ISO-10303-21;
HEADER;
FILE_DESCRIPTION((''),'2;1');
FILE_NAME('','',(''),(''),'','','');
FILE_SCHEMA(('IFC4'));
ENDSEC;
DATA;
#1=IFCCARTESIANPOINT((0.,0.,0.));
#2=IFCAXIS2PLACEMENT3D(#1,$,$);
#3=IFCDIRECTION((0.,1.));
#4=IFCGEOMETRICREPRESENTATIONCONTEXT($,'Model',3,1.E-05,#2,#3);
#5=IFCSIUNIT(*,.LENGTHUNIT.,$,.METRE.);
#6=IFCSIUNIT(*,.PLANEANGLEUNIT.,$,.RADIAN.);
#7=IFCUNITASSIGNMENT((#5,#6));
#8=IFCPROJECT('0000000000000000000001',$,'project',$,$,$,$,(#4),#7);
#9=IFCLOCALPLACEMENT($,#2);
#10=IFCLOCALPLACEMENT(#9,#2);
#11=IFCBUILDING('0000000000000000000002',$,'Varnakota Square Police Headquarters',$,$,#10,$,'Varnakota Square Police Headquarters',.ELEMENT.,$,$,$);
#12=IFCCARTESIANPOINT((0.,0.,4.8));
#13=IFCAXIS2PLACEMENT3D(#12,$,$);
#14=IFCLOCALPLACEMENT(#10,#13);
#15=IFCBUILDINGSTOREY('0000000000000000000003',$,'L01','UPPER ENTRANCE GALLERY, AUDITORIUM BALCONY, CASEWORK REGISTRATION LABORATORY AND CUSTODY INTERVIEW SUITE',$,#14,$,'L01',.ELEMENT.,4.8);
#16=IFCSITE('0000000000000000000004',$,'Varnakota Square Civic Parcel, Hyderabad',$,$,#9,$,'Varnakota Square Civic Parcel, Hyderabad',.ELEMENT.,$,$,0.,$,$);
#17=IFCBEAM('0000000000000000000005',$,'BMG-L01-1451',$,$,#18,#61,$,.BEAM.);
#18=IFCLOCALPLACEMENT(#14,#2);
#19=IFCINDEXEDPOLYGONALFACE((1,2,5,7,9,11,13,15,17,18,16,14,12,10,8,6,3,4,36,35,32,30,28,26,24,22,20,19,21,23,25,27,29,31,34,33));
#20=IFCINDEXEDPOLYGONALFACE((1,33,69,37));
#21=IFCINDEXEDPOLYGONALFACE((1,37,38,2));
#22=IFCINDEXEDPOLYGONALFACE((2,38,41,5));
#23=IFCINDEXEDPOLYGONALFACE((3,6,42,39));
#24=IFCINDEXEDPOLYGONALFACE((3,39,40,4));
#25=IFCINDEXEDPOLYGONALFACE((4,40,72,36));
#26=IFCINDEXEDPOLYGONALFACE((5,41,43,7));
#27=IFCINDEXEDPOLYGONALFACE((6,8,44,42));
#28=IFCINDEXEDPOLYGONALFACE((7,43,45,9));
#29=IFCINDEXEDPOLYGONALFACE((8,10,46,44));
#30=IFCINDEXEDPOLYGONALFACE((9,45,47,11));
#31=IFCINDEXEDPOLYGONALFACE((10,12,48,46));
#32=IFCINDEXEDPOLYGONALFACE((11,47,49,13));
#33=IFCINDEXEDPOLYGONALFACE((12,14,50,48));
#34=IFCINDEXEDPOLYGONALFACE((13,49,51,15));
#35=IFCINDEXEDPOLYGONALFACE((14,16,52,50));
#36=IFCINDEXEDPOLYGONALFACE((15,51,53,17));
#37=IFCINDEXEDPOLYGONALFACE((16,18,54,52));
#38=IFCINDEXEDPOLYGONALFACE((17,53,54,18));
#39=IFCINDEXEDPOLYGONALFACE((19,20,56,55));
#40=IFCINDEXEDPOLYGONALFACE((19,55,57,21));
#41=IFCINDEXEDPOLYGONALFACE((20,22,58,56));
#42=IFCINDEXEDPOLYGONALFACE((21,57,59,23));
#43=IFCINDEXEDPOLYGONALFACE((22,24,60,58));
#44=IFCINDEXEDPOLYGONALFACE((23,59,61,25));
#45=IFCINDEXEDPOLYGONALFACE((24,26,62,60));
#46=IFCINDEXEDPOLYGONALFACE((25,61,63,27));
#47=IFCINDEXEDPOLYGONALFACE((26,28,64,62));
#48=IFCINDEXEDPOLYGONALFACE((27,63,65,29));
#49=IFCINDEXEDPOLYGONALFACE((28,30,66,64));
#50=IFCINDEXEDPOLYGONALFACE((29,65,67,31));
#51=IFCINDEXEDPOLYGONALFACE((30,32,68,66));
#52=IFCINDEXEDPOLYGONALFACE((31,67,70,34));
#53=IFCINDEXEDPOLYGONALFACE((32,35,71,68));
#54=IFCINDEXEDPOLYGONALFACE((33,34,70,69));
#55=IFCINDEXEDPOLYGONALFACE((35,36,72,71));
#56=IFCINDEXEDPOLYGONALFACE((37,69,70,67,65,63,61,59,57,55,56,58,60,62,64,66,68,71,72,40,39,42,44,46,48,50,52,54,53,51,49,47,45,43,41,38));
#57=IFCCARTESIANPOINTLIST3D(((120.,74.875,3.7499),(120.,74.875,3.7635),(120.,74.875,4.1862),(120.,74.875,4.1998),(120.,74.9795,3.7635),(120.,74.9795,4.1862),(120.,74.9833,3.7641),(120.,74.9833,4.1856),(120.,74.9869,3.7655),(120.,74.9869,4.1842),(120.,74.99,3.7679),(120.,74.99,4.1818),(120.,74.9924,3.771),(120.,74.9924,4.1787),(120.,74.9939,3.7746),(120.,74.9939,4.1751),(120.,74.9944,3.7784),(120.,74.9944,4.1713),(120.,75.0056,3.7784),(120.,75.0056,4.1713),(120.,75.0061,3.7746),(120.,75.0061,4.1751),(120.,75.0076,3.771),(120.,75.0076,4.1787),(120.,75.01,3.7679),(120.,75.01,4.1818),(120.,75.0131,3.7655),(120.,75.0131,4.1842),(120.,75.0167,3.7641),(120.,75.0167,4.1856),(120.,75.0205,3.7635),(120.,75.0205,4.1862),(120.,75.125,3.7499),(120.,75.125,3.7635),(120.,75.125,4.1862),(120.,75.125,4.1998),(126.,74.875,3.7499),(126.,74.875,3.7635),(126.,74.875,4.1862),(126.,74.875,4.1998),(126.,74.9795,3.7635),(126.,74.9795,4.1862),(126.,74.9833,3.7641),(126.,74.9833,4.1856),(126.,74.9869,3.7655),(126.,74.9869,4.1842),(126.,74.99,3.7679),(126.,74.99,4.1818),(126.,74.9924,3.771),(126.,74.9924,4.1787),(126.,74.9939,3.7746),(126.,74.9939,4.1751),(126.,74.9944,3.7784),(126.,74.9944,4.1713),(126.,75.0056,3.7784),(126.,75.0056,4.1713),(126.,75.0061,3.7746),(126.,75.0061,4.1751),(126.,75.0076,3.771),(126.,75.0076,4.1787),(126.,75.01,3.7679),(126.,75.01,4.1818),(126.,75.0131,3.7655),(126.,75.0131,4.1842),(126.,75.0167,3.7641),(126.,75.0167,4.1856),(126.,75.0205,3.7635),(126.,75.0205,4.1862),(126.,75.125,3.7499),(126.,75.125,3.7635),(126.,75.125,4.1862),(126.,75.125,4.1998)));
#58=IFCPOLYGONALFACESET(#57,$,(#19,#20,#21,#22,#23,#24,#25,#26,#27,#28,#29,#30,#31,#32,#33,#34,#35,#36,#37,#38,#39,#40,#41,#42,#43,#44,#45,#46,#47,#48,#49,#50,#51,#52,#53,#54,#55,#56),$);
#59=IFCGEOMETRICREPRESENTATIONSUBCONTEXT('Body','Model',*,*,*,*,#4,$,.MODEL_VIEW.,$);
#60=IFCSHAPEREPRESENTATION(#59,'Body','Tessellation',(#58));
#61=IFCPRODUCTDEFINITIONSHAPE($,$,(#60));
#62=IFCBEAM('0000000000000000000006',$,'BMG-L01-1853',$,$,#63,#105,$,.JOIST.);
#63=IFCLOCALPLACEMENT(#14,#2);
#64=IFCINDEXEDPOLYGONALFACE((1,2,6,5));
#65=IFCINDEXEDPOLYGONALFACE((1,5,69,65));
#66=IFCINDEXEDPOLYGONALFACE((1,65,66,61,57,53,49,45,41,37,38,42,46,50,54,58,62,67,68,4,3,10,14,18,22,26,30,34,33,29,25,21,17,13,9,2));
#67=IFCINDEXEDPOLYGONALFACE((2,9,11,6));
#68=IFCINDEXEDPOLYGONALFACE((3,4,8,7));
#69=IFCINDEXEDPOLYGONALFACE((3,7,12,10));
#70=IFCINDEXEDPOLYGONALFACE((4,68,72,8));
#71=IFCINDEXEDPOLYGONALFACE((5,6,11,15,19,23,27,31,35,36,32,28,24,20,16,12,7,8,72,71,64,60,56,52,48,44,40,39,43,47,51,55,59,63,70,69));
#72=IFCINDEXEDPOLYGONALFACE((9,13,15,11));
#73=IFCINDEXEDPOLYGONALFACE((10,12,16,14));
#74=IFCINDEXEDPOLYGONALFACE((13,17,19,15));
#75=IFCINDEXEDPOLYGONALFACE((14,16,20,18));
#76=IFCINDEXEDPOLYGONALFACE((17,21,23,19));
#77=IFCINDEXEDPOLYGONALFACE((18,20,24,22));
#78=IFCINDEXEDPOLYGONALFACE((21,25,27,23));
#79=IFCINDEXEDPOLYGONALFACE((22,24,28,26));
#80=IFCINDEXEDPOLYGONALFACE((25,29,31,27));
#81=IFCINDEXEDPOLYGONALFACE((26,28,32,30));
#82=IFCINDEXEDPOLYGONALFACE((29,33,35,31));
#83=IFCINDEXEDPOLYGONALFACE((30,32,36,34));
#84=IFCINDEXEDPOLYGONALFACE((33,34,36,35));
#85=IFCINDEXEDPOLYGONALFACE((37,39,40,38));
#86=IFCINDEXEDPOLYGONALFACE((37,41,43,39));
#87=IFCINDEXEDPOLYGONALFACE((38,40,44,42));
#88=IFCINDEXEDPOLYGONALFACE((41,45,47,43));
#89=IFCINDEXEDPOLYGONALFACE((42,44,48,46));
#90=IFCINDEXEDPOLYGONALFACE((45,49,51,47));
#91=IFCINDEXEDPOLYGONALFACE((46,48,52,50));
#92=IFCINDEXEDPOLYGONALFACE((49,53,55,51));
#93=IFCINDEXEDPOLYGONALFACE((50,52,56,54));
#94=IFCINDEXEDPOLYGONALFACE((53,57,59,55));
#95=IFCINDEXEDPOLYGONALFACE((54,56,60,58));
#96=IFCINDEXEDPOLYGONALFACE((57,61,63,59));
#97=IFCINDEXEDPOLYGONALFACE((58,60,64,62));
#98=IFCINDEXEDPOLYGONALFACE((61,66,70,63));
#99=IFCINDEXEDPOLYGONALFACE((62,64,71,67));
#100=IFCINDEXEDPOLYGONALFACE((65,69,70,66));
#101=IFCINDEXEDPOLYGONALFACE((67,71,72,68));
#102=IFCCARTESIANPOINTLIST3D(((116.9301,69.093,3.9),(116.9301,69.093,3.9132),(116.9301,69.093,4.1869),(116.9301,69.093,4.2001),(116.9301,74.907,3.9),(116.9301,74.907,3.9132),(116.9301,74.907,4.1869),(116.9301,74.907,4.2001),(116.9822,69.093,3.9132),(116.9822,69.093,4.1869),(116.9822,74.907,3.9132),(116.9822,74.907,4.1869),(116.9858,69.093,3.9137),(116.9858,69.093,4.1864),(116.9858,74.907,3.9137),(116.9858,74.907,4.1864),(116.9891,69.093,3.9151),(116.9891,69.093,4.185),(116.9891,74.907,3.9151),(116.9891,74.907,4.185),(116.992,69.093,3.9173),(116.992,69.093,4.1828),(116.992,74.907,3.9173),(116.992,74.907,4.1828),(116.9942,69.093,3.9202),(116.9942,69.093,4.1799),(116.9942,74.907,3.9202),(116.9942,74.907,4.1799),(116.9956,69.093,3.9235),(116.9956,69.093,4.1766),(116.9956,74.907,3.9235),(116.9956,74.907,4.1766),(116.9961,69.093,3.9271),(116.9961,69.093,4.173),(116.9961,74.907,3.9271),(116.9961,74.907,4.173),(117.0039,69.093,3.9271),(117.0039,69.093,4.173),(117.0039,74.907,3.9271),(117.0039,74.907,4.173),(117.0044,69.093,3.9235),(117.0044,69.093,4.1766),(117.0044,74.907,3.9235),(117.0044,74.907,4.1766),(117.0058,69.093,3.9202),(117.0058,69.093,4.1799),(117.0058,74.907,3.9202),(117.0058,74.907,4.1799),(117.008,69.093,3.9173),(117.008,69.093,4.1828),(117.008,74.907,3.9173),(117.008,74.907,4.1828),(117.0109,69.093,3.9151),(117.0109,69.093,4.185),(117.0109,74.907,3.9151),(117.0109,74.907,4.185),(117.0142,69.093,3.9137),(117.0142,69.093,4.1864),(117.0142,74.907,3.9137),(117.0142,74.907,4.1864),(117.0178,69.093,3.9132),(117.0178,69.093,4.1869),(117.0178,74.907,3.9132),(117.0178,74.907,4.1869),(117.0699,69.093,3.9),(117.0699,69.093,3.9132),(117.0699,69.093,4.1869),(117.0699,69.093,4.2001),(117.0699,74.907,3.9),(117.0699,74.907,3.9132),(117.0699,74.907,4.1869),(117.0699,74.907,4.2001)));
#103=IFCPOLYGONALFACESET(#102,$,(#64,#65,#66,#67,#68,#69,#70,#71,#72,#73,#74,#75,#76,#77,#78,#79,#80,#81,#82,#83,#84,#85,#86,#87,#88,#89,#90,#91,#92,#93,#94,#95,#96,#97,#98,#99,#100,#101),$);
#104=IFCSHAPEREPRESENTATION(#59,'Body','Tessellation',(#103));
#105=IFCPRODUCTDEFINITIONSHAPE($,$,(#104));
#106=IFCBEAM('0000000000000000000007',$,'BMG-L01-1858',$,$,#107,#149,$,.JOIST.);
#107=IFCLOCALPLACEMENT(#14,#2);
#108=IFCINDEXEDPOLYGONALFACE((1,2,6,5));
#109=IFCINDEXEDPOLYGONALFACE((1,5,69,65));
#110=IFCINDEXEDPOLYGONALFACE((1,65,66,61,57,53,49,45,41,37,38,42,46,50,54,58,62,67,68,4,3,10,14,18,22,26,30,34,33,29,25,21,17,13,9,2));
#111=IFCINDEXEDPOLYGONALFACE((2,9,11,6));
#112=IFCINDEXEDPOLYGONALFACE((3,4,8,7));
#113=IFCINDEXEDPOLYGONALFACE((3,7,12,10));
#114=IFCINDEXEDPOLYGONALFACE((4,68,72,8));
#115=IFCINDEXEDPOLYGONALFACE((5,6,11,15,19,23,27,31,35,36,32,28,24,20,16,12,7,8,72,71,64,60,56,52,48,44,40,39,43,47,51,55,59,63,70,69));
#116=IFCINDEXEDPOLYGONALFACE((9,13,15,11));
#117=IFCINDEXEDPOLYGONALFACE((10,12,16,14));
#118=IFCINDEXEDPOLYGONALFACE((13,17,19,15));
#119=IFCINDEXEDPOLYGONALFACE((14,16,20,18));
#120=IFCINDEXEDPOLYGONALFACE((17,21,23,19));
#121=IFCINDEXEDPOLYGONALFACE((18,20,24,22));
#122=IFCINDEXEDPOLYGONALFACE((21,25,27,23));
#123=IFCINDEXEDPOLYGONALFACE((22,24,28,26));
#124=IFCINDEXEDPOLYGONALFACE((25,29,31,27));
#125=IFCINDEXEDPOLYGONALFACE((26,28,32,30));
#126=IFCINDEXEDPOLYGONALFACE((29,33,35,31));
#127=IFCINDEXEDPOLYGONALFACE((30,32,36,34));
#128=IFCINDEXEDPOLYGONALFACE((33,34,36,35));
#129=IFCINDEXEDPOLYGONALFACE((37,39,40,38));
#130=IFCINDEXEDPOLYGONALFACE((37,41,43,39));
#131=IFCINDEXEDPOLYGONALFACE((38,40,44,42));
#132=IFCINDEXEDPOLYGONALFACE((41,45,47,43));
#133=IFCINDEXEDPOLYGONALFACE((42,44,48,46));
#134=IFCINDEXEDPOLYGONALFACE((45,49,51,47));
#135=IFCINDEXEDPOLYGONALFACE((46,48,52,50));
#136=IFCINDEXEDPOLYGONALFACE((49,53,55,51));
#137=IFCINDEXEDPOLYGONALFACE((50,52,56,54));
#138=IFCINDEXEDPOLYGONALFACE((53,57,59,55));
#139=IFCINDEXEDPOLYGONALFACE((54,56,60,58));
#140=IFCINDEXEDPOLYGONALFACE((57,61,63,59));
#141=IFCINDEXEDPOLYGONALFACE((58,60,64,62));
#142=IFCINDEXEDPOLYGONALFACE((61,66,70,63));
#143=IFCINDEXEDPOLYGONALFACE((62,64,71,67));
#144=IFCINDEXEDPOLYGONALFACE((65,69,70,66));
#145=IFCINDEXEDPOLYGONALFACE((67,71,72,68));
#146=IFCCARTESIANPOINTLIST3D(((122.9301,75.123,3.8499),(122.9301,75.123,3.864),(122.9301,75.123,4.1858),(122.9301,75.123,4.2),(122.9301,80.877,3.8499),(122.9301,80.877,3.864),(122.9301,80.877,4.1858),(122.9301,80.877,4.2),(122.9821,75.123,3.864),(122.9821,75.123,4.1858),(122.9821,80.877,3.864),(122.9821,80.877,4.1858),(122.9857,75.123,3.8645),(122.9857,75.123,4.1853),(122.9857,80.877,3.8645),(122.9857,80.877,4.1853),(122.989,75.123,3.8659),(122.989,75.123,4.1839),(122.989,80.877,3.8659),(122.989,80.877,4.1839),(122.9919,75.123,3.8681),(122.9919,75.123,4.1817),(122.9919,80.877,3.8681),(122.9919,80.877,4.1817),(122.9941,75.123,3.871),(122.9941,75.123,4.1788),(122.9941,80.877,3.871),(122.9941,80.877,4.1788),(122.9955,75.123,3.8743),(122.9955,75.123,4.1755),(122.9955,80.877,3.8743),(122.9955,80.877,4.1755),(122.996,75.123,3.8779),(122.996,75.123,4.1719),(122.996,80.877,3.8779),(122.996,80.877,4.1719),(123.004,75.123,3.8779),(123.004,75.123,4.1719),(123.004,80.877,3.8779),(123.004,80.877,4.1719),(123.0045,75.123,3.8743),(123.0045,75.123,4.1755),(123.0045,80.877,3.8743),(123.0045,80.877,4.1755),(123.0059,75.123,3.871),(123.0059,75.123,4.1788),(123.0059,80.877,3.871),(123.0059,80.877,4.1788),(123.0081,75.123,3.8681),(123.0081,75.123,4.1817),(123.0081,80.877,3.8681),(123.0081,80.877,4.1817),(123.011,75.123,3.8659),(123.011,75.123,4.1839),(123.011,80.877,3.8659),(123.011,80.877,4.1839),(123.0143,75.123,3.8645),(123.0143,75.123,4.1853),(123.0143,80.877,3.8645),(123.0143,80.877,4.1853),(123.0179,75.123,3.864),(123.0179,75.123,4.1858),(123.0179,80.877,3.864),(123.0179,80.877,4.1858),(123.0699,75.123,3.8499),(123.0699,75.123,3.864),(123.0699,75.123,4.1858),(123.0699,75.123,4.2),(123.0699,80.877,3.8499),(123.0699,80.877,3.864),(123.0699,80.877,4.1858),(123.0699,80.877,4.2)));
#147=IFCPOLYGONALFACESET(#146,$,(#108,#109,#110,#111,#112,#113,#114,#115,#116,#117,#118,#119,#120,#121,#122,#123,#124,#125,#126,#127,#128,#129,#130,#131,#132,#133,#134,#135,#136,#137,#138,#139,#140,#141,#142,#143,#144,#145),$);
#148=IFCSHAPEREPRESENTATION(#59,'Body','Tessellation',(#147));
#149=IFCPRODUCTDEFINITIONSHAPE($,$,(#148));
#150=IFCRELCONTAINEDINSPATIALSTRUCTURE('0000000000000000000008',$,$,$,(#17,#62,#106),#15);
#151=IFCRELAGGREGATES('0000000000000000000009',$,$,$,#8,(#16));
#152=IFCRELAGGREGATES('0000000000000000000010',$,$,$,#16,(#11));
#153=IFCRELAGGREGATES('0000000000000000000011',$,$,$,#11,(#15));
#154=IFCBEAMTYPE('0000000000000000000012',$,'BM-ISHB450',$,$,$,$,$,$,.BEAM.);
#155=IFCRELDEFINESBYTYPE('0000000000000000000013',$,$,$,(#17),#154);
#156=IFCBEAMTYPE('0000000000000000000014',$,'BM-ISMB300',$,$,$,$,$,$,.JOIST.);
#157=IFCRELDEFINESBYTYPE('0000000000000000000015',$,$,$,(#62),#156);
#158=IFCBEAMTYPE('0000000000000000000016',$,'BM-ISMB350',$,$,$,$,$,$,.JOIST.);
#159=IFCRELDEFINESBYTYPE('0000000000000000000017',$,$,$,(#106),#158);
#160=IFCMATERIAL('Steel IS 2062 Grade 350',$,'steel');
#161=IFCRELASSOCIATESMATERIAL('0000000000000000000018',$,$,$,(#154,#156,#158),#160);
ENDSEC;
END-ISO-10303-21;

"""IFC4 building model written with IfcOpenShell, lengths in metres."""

from ifc_helpers import new_model, si_unit, direction, frame, origin, origin_2d, place, context, subcontext, project, spatial, i_section, extrude, material, material_profile, profile_set, type_object, element, save


model = new_model("IFC4")

# Units and contexts
model_context = context("Model", 3, precision=1e-05, world=origin(), true_north=direction((0.0, 1.0)))
body_context = subcontext(model_context, "Body", "Model", "MODEL_VIEW")
ifc_project = project(units=[si_unit("LENGTHUNIT", "METRE"), si_unit("PLANEANGLEUNIT", "RADIAN")], contexts=[model_context])

# Site, building, storey
site_placement = place(None, origin())
site = spatial("IfcSite", under=ifc_project, at=site_placement, Name="Varnakota Square Civic Parcel, Hyderabad", LongName="Varnakota Square Civic Parcel, Hyderabad", CompositionType="ELEMENT", RefElevation=0.0)
building_placement = place(site_placement, origin())
building = spatial("IfcBuilding", under=site, at=building_placement, Name="Varnakota Square Police Headquarters", LongName="Varnakota Square Police Headquarters", CompositionType="ELEMENT")
storey_placement = place(building_placement, frame((0.0, 0.0, 4.8)))
storey = spatial("IfcBuildingStorey", under=building, at=storey_placement, Name="L01", Description="UPPER ENTRANCE GALLERY, AUDITORIUM BALCONY, CASEWORK REGISTRATION LABORATORY AND CUSTODY INTERVIEW SUITE", LongName="L01", CompositionType="ELEMENT", Elevation=4.8)

# Shared definitions
ifc_material_1 = material(Name="Steel IS 2062 Grade 350", Category="steel")

# Beams
ifc_material_profile_1 = material_profile(ifc_material_1, i_section(OverallWidth=0.25, OverallDepth=0.45, WebThickness=0.0112, FlangeThickness=0.0137, FilletRadius=0.0149, at=origin_2d()), Name="ISHB 450")
ifc_profile_set_1 = profile_set([ifc_material_profile_1], Name="Steel IS 2062 Grade 350")
beam_type_1 = type_object("IfcBeamType", Name="BM-ISHB450", PredefinedType="BEAM", material=ifc_profile_set_1)
for number, where, z_axis, x_axis, name in (
    (1, (120.0, 75.0, 3.9749), (1.0, 0.0, 0.0), (0.0, 1.0, 0.0), "BMG-L01-1451"),
):
    element("IfcBeam", number, at=place(storey_placement, frame(where, z_axis=z_axis, x_axis=x_axis)), inside=storey, type_object=beam_type_1, Name=name, PredefinedType="BEAM", context=body_context, shape_type="SweptSolid", body=[
        extrude(i_section(OverallWidth=0.25, OverallDepth=0.45, WebThickness=0.0112, FlangeThickness=0.0137, FilletRadius=0.0149, at=origin_2d()), origin(), (0.0, 0.0, 1.0), 6.0),
    ])
ifc_material_profile_2 = material_profile(ifc_material_1, i_section(OverallWidth=0.1399, OverallDepth=0.3, WebThickness=0.0078, FlangeThickness=0.0132, FilletRadius=0.0139, at=origin_2d()), Name="ISMB 300")
ifc_profile_set_2 = profile_set([ifc_material_profile_2], Name="Steel IS 2062 Grade 350")
beam_type_2 = type_object("IfcBeamType", Name="BM-ISMB300", PredefinedType="JOIST", material=ifc_profile_set_2)
beam_1_placement = place(storey_placement, frame((117.0, 69.093, 4.05), z_axis=(0.0, 1.0, 0.0), x_axis=(-1.0, 0.0, 0.0)))
element("IfcBeam", 2, at=beam_1_placement, inside=storey, type_object=beam_type_2, Name="BMG-L01-1853", PredefinedType="JOIST", context=body_context, shape_type="SweptSolid", body=[
    extrude(i_section(OverallWidth=0.1399, OverallDepth=0.3, WebThickness=0.0078, FlangeThickness=0.0132, FilletRadius=0.0139, at=origin_2d()), origin(), (0.0, 0.0, 1.0), 5.814),
])
ifc_material_profile_3 = material_profile(ifc_material_1, i_section(OverallWidth=0.1399, OverallDepth=0.3501, WebThickness=0.0081, FlangeThickness=0.0142, FilletRadius=0.0139, at=origin_2d()), Name="ISMB 350")
ifc_profile_set_3 = profile_set([ifc_material_profile_3], Name="Steel IS 2062 Grade 350")
beam_type_3 = type_object("IfcBeamType", Name="BM-ISMB350", PredefinedType="JOIST", material=ifc_profile_set_3)
beam_2_placement = place(storey_placement, frame((123.0, 75.123, 4.0249), z_axis=(0.0, 1.0, 0.0), x_axis=(-1.0, 0.0, 0.0)))
element("IfcBeam", 3, at=beam_2_placement, inside=storey, type_object=beam_type_3, Name="BMG-L01-1858", PredefinedType="JOIST", context=body_context, shape_type="SweptSolid", body=[
    extrude(i_section(OverallWidth=0.1399, OverallDepth=0.3501, WebThickness=0.0081, FlangeThickness=0.0142, FilletRadius=0.0139, at=origin_2d()), origin(), (0.0, 0.0, 1.0), 5.7539),
])

save(model, "model.ifc")
